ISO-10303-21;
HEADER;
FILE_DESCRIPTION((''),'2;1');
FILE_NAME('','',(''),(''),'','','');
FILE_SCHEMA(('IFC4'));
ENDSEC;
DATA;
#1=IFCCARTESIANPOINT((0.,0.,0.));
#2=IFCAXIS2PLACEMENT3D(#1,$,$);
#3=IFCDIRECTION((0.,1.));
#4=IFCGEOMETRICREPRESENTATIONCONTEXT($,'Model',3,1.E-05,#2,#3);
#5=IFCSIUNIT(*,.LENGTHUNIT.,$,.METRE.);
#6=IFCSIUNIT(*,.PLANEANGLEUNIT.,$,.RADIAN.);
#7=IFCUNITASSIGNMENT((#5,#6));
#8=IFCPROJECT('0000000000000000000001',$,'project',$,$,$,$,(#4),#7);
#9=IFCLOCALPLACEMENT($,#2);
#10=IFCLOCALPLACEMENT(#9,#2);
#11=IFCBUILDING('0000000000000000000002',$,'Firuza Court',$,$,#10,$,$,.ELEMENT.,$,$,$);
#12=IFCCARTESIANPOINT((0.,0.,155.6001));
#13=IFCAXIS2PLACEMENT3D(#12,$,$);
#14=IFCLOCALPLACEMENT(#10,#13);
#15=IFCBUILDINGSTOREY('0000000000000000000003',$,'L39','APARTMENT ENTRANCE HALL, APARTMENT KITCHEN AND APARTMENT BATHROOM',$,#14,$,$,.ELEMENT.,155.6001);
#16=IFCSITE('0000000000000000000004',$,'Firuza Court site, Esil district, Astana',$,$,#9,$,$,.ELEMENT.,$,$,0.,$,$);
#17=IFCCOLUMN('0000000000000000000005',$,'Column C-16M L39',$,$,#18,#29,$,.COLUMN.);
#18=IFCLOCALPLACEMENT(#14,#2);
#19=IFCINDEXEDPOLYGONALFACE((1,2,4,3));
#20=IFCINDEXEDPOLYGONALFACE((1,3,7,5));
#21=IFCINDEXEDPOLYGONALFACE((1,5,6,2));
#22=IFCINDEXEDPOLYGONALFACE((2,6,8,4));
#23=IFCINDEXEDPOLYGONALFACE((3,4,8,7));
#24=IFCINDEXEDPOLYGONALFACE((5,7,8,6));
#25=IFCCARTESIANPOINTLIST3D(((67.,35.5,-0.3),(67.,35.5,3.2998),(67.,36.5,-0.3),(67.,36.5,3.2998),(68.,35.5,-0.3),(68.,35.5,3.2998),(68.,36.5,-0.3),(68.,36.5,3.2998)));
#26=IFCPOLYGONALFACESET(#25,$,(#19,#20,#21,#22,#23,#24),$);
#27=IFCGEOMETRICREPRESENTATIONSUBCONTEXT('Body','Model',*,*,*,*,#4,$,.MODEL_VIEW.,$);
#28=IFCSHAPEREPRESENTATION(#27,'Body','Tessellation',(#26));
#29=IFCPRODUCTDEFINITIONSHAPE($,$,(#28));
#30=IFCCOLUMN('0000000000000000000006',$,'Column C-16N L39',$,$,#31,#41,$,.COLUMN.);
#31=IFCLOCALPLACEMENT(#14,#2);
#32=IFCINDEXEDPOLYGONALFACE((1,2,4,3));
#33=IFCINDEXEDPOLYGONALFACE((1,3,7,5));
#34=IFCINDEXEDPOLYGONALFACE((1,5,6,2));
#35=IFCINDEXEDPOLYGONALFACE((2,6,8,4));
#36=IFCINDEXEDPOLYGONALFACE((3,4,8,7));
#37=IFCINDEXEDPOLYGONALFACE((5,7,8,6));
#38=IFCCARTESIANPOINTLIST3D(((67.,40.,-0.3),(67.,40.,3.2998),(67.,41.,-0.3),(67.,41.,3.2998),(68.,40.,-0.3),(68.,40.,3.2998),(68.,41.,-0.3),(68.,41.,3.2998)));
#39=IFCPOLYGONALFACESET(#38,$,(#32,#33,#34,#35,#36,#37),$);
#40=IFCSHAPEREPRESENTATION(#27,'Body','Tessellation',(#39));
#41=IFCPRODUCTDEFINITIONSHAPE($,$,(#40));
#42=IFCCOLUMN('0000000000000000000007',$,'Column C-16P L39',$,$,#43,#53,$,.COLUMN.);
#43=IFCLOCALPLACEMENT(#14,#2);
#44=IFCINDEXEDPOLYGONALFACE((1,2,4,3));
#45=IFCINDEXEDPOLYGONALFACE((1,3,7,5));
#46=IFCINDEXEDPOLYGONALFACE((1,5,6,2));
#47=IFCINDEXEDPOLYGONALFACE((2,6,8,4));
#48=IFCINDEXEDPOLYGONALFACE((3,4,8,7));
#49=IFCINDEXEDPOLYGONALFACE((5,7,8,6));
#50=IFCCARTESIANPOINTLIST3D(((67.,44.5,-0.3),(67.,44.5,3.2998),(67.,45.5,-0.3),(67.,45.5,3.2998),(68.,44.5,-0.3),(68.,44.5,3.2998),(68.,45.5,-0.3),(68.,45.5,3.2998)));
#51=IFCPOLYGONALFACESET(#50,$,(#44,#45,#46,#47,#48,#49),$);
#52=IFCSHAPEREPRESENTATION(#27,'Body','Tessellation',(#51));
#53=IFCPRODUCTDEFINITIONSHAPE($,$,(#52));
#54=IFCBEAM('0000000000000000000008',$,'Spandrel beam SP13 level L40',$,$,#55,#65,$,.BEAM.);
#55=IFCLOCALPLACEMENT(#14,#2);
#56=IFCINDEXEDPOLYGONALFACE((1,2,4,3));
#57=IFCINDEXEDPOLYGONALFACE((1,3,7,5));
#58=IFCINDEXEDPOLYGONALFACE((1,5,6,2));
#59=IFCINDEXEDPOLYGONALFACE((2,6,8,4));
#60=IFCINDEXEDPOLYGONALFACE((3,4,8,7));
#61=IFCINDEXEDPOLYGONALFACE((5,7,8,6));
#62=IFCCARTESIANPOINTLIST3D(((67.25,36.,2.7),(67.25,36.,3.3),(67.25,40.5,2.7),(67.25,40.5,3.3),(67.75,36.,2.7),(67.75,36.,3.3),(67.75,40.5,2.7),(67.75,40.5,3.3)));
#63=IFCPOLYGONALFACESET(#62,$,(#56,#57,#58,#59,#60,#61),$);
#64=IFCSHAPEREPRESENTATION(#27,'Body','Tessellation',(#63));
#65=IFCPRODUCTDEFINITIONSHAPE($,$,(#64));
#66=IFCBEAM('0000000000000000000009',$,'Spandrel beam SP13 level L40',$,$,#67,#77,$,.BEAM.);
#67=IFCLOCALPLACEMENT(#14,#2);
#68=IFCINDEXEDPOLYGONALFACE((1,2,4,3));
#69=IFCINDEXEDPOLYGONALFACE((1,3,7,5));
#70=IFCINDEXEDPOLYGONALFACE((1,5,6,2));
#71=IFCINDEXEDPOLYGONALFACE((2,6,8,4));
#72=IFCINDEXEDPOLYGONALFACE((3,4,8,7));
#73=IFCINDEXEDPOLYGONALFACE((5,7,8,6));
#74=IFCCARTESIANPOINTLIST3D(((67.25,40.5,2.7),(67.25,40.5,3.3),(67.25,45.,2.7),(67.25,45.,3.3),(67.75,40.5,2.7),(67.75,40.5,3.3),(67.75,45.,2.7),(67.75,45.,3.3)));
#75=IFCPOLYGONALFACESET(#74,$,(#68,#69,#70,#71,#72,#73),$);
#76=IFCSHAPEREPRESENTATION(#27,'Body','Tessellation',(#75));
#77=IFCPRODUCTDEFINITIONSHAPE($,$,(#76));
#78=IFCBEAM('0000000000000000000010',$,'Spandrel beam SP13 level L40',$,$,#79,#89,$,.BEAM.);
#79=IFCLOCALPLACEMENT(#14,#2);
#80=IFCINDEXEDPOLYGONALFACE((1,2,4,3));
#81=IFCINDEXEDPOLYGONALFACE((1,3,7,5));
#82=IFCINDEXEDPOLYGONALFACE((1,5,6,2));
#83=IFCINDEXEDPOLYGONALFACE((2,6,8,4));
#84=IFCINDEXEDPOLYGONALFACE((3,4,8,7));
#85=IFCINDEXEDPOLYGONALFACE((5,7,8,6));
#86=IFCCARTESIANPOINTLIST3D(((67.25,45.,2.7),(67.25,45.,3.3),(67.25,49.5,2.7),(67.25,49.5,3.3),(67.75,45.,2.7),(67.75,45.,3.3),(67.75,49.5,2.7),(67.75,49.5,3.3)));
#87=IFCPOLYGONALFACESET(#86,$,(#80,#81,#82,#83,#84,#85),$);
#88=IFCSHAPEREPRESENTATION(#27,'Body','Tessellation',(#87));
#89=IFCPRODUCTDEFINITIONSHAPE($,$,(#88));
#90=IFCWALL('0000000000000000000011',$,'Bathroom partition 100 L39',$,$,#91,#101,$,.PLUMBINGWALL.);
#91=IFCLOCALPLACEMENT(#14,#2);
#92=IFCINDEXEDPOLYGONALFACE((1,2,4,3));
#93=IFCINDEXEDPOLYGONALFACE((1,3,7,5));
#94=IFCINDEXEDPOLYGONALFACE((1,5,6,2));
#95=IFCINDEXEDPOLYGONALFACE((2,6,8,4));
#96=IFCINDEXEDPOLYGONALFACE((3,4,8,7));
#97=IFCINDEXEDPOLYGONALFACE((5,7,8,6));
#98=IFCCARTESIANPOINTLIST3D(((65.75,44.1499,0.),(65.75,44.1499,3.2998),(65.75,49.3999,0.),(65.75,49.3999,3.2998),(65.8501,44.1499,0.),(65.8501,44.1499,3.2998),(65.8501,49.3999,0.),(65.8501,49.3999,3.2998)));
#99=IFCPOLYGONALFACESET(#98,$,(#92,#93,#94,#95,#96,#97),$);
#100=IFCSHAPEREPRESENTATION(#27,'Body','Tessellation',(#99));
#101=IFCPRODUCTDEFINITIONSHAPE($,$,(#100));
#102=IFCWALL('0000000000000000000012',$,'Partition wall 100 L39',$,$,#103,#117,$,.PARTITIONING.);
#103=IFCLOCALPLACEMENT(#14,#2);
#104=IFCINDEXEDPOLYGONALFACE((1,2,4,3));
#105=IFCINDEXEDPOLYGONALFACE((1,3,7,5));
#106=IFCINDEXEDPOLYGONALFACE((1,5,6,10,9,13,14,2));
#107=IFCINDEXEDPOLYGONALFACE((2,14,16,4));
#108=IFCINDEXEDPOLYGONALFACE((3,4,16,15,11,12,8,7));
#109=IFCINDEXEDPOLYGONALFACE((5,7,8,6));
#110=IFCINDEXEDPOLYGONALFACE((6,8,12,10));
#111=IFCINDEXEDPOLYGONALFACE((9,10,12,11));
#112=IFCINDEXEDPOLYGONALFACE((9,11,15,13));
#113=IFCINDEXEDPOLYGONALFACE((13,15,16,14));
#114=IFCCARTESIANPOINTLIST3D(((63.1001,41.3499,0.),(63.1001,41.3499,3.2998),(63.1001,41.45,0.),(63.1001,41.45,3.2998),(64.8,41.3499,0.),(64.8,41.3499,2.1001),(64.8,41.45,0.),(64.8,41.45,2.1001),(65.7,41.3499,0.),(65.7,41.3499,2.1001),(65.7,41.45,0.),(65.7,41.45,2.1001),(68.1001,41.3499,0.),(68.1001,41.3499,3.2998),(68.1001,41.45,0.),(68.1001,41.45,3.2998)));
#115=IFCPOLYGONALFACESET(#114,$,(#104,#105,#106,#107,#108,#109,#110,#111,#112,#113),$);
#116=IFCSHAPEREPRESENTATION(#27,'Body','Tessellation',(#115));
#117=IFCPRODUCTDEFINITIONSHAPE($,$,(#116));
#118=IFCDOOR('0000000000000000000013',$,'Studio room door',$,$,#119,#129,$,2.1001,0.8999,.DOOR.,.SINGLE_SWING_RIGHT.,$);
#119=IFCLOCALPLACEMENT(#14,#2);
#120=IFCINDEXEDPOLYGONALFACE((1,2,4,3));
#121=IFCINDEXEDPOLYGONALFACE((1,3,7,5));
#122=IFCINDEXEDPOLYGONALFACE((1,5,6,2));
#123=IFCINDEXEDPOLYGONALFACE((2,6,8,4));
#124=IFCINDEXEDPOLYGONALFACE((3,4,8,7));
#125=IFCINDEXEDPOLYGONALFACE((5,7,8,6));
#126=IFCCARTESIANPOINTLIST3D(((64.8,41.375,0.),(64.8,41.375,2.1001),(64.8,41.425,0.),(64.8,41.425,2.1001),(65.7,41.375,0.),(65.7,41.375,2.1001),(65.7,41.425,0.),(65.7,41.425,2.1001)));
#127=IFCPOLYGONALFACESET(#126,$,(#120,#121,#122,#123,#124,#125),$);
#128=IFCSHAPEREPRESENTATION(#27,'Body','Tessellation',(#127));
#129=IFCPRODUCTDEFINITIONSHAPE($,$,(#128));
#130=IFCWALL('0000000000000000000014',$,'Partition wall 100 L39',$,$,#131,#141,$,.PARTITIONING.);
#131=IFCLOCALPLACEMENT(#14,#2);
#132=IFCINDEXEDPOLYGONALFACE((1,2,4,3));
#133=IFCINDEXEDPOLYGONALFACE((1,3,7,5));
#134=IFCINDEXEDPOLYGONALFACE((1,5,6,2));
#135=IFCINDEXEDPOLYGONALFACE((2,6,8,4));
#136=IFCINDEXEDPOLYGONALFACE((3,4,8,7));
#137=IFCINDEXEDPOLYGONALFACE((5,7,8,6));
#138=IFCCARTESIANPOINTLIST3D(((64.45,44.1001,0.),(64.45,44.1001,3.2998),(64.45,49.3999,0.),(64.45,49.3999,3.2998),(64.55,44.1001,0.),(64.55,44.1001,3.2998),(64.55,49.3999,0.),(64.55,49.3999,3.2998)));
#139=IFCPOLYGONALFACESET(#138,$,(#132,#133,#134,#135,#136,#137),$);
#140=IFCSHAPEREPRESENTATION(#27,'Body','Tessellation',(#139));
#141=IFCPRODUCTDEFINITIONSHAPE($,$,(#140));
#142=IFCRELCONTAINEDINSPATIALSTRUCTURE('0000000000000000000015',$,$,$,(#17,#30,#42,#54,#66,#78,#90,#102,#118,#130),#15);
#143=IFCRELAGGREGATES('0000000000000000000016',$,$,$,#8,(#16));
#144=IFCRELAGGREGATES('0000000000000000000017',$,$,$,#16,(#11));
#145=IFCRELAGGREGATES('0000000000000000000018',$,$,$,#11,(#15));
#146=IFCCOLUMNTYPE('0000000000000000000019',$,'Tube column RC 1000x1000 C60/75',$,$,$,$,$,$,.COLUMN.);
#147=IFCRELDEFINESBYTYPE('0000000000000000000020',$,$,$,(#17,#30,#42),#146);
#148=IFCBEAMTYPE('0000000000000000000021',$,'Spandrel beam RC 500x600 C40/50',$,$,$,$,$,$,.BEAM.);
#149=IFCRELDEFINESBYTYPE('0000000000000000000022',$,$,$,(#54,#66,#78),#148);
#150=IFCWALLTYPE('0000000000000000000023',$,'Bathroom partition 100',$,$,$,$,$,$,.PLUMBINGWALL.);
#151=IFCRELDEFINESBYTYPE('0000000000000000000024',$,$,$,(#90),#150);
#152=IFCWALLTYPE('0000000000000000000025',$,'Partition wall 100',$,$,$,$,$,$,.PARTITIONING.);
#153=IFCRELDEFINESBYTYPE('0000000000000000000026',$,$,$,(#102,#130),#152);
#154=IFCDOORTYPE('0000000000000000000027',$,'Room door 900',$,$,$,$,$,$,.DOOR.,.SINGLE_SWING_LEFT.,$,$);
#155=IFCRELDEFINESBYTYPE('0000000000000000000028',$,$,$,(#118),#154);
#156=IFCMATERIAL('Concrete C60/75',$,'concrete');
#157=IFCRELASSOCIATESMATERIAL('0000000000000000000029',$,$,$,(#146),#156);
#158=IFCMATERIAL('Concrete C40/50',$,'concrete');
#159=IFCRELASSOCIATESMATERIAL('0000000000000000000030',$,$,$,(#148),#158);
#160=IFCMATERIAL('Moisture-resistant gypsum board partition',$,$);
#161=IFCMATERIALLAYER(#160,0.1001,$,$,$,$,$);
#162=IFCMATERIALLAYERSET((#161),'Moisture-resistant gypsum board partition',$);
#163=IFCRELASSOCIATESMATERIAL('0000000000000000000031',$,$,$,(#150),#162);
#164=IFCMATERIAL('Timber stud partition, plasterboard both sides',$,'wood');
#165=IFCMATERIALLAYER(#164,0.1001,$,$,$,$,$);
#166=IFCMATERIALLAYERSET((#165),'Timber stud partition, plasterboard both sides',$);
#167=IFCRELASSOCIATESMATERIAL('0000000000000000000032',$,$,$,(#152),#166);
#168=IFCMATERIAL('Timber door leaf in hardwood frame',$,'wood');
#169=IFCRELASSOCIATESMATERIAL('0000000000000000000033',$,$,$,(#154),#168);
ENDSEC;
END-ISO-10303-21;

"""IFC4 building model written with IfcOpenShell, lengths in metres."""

from ifc_helpers import new_model, si_unit, direction, frame, frame_2d, origin, origin_2d, place, context, subcontext, project, spatial, rectangle, extrude, material, layer, layer_set, material_profile, profile_set, type_object, element, fill, save


model = new_model("IFC4")

# Units and contexts
model_context = context("Model", 3, precision=1e-05, world=origin(), true_north=direction((0.0, 1.0)))
body_context = subcontext(model_context, "Body", "Model", "MODEL_VIEW")
ifc_project = project(units=[si_unit("LENGTHUNIT", "METRE"), si_unit("PLANEANGLEUNIT", "RADIAN")], contexts=[model_context])

# Site, building, storey
site_placement = place(None, origin())
site = spatial("IfcSite", under=ifc_project, at=site_placement, Name="Firuza Court site, Esil district, Astana", CompositionType="ELEMENT", RefElevation=0.0)
building_placement = place(site_placement, origin())
building = spatial("IfcBuilding", under=site, at=building_placement, Name="Firuza Court", CompositionType="ELEMENT")
storey_placement = place(building_placement, frame((0.0, 0.0, 155.6001)))
storey = spatial("IfcBuildingStorey", under=building, at=storey_placement, Name="L39", Description="APARTMENT ENTRANCE HALL, APARTMENT KITCHEN AND APARTMENT BATHROOM", CompositionType="ELEMENT", Elevation=155.6001)

# Columns
ifc_material_1 = material(Name="Concrete C60/75", Category="concrete")
ifc_material_profile_1 = material_profile(ifc_material_1, rectangle(XDim=1.0, YDim=1.0, at=origin_2d()), Name="RC 1000x1000")
ifc_profile_set_1 = profile_set([ifc_material_profile_1], Name="Concrete C60/75")
column_type = type_object("IfcColumnType", Name="Tube column RC 1000x1000 C60/75", PredefinedType="COLUMN", material=ifc_profile_set_1)
for number, where, z_axis, x_axis, name in (
    (1, (67.5, 36.0, -0.3), (0.0, 0.0, 1.0), (1.0, 0.0, 0.0), "Column C-16M L39"),
    (2, (67.5, 40.5, -0.3), (0.0, 0.0, 1.0), (1.0, 0.0, 0.0), "Column C-16N L39"),
    (3, (67.5, 45.0, -0.3), (0.0, 0.0, 1.0), (1.0, 0.0, 0.0), "Column C-16P L39"),
):
    element("IfcColumn", number, at=place(storey_placement, frame(where, z_axis=z_axis, x_axis=x_axis)), inside=storey, type_object=column_type, Name=name, PredefinedType="COLUMN", context=body_context, shape_type="SweptSolid", body=[
        extrude(rectangle(XDim=1.0, YDim=1.0, at=origin_2d()), origin(), (0.0, 0.0, 1.0), 3.5999),
    ])

# Beams
ifc_material_2 = material(Name="Concrete C40/50", Category="concrete")
ifc_material_profile_2 = material_profile(ifc_material_2, rectangle(XDim=0.5, YDim=0.6001, at=origin_2d()), Name="RC 500x600")
ifc_profile_set_2 = profile_set([ifc_material_profile_2], Name="Concrete C40/50")
beam_type = type_object("IfcBeamType", Name="Spandrel beam RC 500x600 C40/50", PredefinedType="BEAM", material=ifc_profile_set_2)
for number, where, z_axis, x_axis, name in (
    (4, (67.5, 36.0, 3.0), (0.0, 1.0, 0.0), (-1.0, 0.0, 0.0), "Spandrel beam SP13 level L40"),
    (5, (67.5, 40.5, 3.0), (0.0, 1.0, 0.0), (-1.0, 0.0, 0.0), "Spandrel beam SP13 level L40"),
    (6, (67.5, 45.0, 3.0), (0.0, 1.0, 0.0), (-1.0, 0.0, 0.0), "Spandrel beam SP13 level L40"),
):
    element("IfcBeam", number, at=place(storey_placement, frame(where, z_axis=z_axis, x_axis=x_axis)), inside=storey, type_object=beam_type, Name=name, PredefinedType="BEAM", context=body_context, shape_type="SweptSolid", body=[
        extrude(rectangle(XDim=0.5, YDim=0.6001, at=origin_2d()), origin(), (0.0, 0.0, 1.0), 4.5),
    ])

# Wall
ifc_material_3 = material(Name="Moisture-resistant gypsum board partition")
ifc_layer_1 = layer(ifc_material_3, 0.1001)
ifc_layer_set_1 = layer_set([ifc_layer_1], Name="Moisture-resistant gypsum board partition")
wall_type_1 = type_object("IfcWallType", Name="Bathroom partition 100", PredefinedType="PLUMBINGWALL", material=ifc_layer_set_1)
wall_1_placement = place(storey_placement, frame((65.8, 44.1499, 0.0), z_axis=(0.0, 0.0, 1.0), x_axis=(0.0, 1.0, 0.0)))
element("IfcWall", 7, at=wall_1_placement, inside=storey, type_object=wall_type_1, Name="Bathroom partition 100 L39", PredefinedType="PLUMBINGWALL", context=body_context, shape_type="SweptSolid", body=[
    extrude(rectangle(XDim=5.25, YDim=0.1001, at=frame_2d((2.625, 0.0))), origin(), (0.0, 0.0, 1.0), 3.2998),
])

# Wall, opening, door
ifc_material_4 = material(Name="Timber stud partition, plasterboard both sides", Category="wood")
ifc_layer_2 = layer(ifc_material_4, 0.1001)
ifc_layer_set_2 = layer_set([ifc_layer_2], Name="Timber stud partition, plasterboard both sides")
wall_type_2 = type_object("IfcWallType", Name="Partition wall 100", PredefinedType="PARTITIONING", material=ifc_layer_set_2)
wall_2_placement = place(storey_placement, frame((63.1001, 41.3999, 0.0), z_axis=(0.0, 0.0, 1.0), x_axis=(1.0, 0.0, 0.0)))
wall_2 = element("IfcWall", 8, at=wall_2_placement, inside=storey, type_object=wall_type_2, Name="Partition wall 100 L39", PredefinedType="PARTITIONING", context=body_context, shape_type="SweptSolid", body=[
    extrude(rectangle(XDim=5.0, YDim=0.1001, at=frame_2d((2.5, 0.0))), origin(), (0.0, 0.0, 1.0), 3.2998),
])
opening_1_placement = place(wall_2_placement, frame((1.7, 0.0, 0.0)))
opening_1 = element("IfcOpeningElement", 9, at=opening_1_placement, cuts=wall_2, PredefinedType="OPENING", context=body_context, shape_type="SweptSolid", body=[
    extrude(rectangle(XDim=0.8999, YDim=2.1001, at=frame_2d((0.45, 1.05))), frame((0.0, 0.062, 0.0), z_axis=(0.0, -1.0, 0.0), x_axis=(1.0, 0.0, 0.0)), (0.0, 0.0, 1.0), 0.124),
])
ifc_material_5 = material(Name="Timber door leaf in hardwood frame", Category="wood")
door_type_1 = type_object("IfcDoorType", Name="Room door 900", OperationType="SINGLE_SWING_LEFT", PredefinedType="DOOR", material=ifc_material_5)
door_1_placement = place(opening_1_placement, frame((0.8999, 0.0, 0.0), z_axis=(0.0, 0.0, 1.0), x_axis=(-1.0, 0.0, 0.0)))
door_1 = element("IfcDoor", 10, at=door_1_placement, inside=storey, type_object=door_type_1, Name="Studio room door", OperationType="SINGLE_SWING_RIGHT", OverallHeight=2.1001, OverallWidth=0.8999, PredefinedType="DOOR", context=body_context, shape_type="SweptSolid", body=[
    extrude(rectangle(XDim=0.8999, YDim=2.1001, at=frame_2d((0.45, 1.05))), frame((0.0, 0.0249, 0.0), z_axis=(0.0, -1.0, 0.0), x_axis=(1.0, 0.0, 0.0)), (0.0, 0.0, 1.0), 0.05),
])
fill(opening_1, door_1)

# Wall
wall_3_placement = place(storey_placement, frame((64.5, 44.1001, 0.0), z_axis=(0.0, 0.0, 1.0), x_axis=(0.0, 1.0, 0.0)))
element("IfcWall", 11, at=wall_3_placement, inside=storey, type_object=wall_type_2, Name="Partition wall 100 L39", PredefinedType="PARTITIONING", context=body_context, shape_type="SweptSolid", body=[
    extrude(rectangle(XDim=5.2998, YDim=0.1001, at=frame_2d((2.6499, 0.0))), origin(), (0.0, 0.0, 1.0), 3.2998),
])

save(model, "model.ifc")
